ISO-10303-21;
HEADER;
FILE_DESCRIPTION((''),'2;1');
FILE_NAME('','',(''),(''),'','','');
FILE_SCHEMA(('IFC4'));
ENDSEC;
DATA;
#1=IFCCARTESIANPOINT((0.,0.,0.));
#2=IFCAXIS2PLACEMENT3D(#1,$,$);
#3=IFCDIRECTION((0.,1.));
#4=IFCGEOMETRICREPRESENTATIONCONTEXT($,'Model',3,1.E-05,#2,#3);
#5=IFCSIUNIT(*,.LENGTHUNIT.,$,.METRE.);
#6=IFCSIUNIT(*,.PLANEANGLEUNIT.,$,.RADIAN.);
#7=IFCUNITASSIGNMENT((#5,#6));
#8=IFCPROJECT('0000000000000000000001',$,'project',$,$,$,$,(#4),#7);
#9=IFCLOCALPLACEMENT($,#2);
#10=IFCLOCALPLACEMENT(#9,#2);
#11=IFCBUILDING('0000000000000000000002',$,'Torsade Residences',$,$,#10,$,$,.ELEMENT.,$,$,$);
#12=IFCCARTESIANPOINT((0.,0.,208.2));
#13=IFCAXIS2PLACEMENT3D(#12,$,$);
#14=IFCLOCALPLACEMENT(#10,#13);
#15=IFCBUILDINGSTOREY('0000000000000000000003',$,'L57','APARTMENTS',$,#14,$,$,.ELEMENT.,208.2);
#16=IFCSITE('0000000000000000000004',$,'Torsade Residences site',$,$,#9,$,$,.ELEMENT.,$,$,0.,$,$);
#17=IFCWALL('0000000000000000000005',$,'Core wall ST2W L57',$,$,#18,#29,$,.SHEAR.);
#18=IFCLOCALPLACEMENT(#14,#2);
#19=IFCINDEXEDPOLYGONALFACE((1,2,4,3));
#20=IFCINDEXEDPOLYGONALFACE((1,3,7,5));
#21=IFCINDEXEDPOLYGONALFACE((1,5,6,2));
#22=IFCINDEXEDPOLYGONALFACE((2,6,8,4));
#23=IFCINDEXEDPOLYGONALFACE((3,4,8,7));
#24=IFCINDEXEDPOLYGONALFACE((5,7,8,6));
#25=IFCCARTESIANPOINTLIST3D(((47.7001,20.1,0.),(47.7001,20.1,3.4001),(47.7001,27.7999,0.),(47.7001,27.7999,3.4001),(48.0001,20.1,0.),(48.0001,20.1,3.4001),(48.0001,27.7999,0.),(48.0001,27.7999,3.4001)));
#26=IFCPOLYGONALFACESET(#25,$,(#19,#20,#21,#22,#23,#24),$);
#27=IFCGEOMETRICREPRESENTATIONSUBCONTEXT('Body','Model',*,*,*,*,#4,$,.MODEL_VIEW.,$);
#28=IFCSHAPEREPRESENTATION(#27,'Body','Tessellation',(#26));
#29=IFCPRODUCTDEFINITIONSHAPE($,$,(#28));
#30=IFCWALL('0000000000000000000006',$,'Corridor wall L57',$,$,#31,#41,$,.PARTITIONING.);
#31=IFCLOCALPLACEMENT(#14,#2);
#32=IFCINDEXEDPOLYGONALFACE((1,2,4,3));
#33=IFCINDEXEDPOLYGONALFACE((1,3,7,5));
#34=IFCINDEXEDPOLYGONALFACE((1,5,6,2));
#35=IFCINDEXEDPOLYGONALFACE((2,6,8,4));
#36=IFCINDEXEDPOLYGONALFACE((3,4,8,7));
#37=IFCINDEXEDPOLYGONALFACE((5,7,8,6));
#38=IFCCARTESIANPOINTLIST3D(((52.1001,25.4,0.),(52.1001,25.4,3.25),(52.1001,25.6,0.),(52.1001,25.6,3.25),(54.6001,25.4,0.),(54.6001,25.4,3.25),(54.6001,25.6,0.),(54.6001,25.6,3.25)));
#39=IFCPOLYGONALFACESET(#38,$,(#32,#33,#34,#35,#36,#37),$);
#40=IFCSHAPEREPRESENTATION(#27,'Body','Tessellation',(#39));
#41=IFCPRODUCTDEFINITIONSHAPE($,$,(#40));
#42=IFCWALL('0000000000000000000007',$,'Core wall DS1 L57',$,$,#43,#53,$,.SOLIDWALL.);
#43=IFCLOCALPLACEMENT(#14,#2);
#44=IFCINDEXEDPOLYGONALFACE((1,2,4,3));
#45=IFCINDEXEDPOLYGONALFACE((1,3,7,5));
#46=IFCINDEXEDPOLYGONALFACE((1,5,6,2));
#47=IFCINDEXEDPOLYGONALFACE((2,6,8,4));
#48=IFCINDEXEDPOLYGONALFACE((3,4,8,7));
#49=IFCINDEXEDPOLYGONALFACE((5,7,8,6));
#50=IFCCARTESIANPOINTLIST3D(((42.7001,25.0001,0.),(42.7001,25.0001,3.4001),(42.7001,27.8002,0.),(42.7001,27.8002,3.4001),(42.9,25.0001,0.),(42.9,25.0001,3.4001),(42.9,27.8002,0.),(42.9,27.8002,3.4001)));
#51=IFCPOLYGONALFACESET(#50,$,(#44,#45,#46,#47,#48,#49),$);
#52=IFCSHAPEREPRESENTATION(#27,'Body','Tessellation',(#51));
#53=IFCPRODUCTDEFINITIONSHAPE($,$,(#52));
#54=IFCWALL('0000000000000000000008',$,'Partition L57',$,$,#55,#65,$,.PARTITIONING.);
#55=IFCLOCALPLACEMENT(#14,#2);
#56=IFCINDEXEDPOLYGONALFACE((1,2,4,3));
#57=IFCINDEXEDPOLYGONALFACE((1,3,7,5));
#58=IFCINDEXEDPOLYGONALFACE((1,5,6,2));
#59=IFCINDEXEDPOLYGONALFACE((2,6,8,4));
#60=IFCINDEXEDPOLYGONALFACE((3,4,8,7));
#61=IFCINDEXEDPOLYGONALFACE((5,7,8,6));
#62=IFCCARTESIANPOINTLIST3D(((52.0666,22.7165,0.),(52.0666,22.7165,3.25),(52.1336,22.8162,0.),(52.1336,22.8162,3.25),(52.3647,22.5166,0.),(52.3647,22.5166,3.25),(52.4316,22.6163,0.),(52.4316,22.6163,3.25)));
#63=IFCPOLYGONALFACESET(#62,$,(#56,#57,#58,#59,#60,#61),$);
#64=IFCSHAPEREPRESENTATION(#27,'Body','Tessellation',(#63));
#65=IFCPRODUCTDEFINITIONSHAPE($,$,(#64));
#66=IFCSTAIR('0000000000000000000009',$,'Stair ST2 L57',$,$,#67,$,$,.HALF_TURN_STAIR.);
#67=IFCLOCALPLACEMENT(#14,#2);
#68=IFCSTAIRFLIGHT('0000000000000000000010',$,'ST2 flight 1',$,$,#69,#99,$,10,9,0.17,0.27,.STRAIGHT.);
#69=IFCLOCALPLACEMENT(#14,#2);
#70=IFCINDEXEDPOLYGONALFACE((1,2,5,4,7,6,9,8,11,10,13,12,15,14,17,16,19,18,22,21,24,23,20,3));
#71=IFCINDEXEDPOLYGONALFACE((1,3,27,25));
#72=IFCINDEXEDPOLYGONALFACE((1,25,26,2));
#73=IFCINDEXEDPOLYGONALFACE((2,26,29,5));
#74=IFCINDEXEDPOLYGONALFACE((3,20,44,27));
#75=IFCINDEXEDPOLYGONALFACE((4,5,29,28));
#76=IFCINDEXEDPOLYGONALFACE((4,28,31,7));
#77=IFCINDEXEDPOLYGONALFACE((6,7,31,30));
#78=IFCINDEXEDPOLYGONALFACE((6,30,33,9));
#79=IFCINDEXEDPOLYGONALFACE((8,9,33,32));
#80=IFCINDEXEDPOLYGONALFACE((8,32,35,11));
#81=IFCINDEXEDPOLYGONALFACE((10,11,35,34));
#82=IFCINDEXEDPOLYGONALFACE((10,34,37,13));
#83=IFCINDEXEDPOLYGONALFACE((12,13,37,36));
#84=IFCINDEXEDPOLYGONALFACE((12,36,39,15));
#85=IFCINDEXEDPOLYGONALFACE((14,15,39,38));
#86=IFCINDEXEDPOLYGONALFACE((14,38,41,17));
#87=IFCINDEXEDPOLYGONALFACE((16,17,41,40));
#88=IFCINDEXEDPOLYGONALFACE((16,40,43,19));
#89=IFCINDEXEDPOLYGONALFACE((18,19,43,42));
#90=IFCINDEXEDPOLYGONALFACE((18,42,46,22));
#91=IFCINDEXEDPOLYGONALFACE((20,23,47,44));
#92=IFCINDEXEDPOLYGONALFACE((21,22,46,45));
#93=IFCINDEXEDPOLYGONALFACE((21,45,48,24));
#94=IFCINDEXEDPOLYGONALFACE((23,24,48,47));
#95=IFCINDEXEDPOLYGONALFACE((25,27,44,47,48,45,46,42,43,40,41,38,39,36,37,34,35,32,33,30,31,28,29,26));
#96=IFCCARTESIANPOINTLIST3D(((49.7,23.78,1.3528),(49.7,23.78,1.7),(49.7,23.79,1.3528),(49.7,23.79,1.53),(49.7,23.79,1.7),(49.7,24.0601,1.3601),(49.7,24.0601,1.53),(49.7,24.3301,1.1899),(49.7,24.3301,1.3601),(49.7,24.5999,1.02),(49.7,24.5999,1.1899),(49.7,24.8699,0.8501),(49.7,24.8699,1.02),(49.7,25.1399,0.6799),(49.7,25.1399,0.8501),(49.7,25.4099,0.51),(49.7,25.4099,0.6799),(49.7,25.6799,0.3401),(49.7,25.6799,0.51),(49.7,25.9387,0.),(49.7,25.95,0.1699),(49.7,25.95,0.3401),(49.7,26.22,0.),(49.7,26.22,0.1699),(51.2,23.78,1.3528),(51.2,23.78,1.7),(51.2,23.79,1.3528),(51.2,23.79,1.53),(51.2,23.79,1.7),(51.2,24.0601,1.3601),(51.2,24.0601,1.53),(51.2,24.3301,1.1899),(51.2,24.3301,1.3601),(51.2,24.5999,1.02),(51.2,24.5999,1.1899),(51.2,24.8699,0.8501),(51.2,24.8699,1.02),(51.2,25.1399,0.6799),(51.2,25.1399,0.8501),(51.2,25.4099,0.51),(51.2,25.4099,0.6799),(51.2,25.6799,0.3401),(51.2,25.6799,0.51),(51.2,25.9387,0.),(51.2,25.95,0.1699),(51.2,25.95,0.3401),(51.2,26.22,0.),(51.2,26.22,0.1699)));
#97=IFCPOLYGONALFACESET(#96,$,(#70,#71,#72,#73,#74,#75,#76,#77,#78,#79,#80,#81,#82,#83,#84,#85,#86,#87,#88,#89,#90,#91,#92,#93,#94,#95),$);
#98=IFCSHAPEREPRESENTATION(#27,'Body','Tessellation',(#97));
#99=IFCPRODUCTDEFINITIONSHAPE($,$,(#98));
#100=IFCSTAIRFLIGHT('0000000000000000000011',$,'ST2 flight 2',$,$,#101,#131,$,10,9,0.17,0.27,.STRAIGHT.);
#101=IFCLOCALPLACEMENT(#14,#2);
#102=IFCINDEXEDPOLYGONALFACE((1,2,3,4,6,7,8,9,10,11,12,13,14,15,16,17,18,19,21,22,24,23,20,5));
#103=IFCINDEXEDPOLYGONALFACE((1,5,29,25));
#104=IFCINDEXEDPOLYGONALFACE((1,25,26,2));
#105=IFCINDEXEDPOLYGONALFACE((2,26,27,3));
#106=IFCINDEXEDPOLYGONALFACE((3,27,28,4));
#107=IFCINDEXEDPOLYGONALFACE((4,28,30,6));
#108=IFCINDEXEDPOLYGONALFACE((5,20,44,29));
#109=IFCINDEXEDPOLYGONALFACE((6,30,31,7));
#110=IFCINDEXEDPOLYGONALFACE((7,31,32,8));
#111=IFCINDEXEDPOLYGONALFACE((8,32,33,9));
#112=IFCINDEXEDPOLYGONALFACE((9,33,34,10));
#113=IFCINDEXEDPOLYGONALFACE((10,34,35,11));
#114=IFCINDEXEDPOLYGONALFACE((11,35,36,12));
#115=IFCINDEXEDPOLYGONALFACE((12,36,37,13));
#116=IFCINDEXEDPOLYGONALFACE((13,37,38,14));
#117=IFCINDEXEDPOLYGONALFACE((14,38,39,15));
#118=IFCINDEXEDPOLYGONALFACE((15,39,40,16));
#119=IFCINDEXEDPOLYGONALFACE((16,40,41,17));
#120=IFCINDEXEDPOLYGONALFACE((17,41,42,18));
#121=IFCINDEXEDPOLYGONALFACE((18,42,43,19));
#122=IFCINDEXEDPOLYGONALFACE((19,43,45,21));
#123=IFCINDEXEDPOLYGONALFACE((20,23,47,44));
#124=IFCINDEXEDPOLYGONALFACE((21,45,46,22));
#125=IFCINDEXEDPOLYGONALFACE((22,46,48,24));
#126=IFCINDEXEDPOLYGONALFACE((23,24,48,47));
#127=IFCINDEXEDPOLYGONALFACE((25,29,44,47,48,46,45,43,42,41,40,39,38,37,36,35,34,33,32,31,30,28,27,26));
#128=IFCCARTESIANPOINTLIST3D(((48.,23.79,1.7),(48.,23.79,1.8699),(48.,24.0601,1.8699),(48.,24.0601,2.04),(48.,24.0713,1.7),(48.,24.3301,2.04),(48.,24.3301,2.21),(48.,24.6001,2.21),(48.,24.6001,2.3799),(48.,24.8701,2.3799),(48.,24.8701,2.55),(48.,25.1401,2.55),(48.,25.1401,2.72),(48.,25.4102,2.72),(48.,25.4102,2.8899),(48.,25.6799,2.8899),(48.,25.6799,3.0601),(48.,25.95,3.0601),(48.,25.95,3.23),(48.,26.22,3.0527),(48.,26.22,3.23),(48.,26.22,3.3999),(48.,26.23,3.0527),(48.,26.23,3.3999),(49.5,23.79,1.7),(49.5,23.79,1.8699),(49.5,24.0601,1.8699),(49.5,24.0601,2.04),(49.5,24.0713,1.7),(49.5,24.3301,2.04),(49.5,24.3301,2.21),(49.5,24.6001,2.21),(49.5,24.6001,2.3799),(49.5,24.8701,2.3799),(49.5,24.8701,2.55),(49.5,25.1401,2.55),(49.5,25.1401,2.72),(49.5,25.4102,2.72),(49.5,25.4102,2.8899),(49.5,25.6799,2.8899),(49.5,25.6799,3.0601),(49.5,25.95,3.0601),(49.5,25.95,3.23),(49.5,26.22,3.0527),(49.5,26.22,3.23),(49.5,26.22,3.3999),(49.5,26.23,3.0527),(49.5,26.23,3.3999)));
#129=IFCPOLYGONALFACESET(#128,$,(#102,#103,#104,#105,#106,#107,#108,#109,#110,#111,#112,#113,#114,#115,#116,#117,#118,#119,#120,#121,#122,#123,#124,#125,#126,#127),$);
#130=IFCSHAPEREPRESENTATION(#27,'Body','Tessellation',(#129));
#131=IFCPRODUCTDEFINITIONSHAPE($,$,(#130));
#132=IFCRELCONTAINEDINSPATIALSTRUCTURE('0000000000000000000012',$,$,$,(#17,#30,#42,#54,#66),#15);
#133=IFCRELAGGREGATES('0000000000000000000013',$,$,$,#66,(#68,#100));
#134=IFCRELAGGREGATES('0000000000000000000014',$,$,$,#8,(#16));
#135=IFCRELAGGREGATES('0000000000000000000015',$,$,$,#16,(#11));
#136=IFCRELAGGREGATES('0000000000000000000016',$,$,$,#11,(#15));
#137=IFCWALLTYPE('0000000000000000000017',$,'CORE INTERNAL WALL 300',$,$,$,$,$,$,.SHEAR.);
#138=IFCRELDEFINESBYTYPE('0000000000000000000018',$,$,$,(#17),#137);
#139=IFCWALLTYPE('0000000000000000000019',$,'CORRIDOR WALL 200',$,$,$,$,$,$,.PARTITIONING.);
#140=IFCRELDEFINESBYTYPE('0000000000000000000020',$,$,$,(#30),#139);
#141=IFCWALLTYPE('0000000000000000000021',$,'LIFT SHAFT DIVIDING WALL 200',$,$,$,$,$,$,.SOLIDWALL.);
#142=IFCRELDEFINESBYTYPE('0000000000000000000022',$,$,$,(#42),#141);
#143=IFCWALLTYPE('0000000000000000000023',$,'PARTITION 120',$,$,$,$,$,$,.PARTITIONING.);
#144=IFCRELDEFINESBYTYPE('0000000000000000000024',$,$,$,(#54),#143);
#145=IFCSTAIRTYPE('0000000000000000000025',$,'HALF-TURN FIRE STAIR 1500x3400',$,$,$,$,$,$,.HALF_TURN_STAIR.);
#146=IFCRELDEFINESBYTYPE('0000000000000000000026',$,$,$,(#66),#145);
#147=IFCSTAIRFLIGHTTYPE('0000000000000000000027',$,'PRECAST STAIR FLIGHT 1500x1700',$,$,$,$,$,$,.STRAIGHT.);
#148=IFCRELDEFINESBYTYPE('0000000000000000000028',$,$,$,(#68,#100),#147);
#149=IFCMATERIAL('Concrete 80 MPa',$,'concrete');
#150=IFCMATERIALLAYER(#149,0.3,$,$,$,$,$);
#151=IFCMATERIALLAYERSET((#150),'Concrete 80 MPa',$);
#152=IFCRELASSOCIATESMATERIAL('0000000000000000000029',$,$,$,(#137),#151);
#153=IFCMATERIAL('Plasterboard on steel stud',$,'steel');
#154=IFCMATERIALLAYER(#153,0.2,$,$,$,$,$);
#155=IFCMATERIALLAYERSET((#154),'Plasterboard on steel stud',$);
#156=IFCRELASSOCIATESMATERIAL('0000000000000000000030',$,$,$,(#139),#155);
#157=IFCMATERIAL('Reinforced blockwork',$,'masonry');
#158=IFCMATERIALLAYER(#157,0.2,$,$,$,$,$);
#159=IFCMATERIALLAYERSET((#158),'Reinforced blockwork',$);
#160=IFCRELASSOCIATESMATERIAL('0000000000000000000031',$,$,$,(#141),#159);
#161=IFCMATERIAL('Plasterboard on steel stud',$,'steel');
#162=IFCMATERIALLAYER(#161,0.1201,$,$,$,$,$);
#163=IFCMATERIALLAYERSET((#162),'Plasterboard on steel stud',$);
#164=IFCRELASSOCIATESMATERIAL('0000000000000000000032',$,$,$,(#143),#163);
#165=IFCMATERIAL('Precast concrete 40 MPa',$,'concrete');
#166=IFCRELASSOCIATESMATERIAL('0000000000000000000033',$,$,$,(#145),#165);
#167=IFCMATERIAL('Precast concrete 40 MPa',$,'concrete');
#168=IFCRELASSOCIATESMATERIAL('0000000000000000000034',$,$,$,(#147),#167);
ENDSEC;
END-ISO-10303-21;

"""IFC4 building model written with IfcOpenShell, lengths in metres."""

from ifc_helpers import new_model, si_unit, direction, frame, frame_2d, origin, place, context, subcontext, project, spatial, polyline, rectangle, outline, extrude, material, layer, layer_set, type_object, element, aggregate, save


model = new_model("IFC4")

# Units and contexts
model_context = context("Model", 3, precision=1e-05, world=origin(), true_north=direction((0.0, 1.0)))
body_context = subcontext(model_context, "Body", "Model", "MODEL_VIEW")
ifc_project = project(units=[si_unit("LENGTHUNIT", "METRE"), si_unit("PLANEANGLEUNIT", "RADIAN")], contexts=[model_context])

# Site, building, storey
site_placement = place(None, origin())
site = spatial("IfcSite", under=ifc_project, at=site_placement, Name="Torsade Residences site", CompositionType="ELEMENT", RefElevation=0.0)
building_placement = place(site_placement, origin())
building = spatial("IfcBuilding", under=site, at=building_placement, Name="Torsade Residences", CompositionType="ELEMENT")
storey_placement = place(building_placement, frame((0.0, 0.0, 208.2)))
storey = spatial("IfcBuildingStorey", under=building, at=storey_placement, Name="L57", Description="APARTMENTS", CompositionType="ELEMENT", Elevation=208.2)

# Shared definitions
ifc_material_1 = material(Name="Concrete 80 MPa", Category="concrete")
ifc_layer_1 = layer(ifc_material_1, 0.3)
ifc_layer_set_1 = layer_set([ifc_layer_1], Name="Concrete 80 MPa")
wall_type_1 = type_object("IfcWallType", Name="CORE INTERNAL WALL 300", PredefinedType="SHEAR", material=ifc_layer_set_1)

# Walls
wall_1_placement = place(storey_placement, frame((47.8501, 27.8, 0.0), z_axis=(0.0, 0.0, 1.0), x_axis=(0.0, -1.0, 0.0)))
element("IfcWall", 1, at=wall_1_placement, inside=storey, type_object=wall_type_1, Name="Core wall ST2W L57", PredefinedType="SHEAR", context=body_context, shape_type="SweptSolid", body=[
    extrude(rectangle(XDim=7.7, YDim=0.3, at=frame_2d((3.8501, 0.0))), origin(), (0.0, 0.0, 1.0), 3.4001),
])
ifc_material_2 = material(Name="Plasterboard on steel stud", Category="steel")
ifc_layer_2 = layer(ifc_material_2, 0.2)
ifc_layer_set_2 = layer_set([ifc_layer_2], Name="Plasterboard on steel stud")
wall_type_2 = type_object("IfcWallType", Name="CORRIDOR WALL 200", PredefinedType="PARTITIONING", material=ifc_layer_set_2)
wall_2_placement = place(storey_placement, frame((52.1001, 25.5, 0.0), z_axis=(0.0, 0.0, 1.0), x_axis=(1.0, 0.0, 0.0)))
element("IfcWall", 2, at=wall_2_placement, inside=storey, type_object=wall_type_2, Name="Corridor wall L57", PredefinedType="PARTITIONING", context=body_context, shape_type="SweptSolid", body=[
    extrude(rectangle(XDim=2.5, YDim=0.2, at=frame_2d((1.25, 0.0))), origin(), (0.0, 0.0, 1.0), 3.25),
])
ifc_material_3 = material(Name="Reinforced blockwork", Category="masonry")
ifc_layer_3 = layer(ifc_material_3, 0.2)
ifc_layer_set_3 = layer_set([ifc_layer_3], Name="Reinforced blockwork")
wall_type_3 = type_object("IfcWallType", Name="LIFT SHAFT DIVIDING WALL 200", PredefinedType="SOLIDWALL", material=ifc_layer_set_3)
wall_3_placement = place(storey_placement, frame((42.8, 27.8, 0.0), z_axis=(0.0, 0.0, 1.0), x_axis=(0.0, -1.0, 0.0)))
element("IfcWall", 3, at=wall_3_placement, inside=storey, type_object=wall_type_3, Name="Core wall DS1 L57", PredefinedType="SOLIDWALL", context=body_context, shape_type="SweptSolid", body=[
    extrude(rectangle(XDim=2.8, YDim=0.2, at=frame_2d((1.3999, 0.0))), origin(), (0.0, 0.0, 1.0), 3.4001),
])
ifc_material_4 = material(Name="Plasterboard on steel stud", Category="steel")
ifc_layer_4 = layer(ifc_material_4, 0.1201)
ifc_layer_set_4 = layer_set([ifc_layer_4], Name="Plasterboard on steel stud")
wall_type_4 = type_object("IfcWallType", Name="PARTITION 120", PredefinedType="PARTITIONING", material=ifc_layer_set_4)
wall_4_placement = place(storey_placement, frame((52.1001, 22.7664, 0.0), z_axis=(0.0, 0.0, 1.0), x_axis=(0.830477, -0.557052, 0.0)))
element("IfcWall", 4, at=wall_4_placement, inside=storey, type_object=wall_type_4, Name="Partition L57", PredefinedType="PARTITIONING", context=body_context, shape_type="SweptSolid", body=[
    extrude(rectangle(XDim=0.3589, YDim=0.1201, at=frame_2d((0.1794, 0.0))), origin(), (0.0, 0.0, 1.0), 3.25),
])

# Stair, stair flights
ifc_material_5 = material(Name="Precast concrete 40 MPa", Category="concrete")
stair_type = type_object("IfcStairType", Name="HALF-TURN FIRE STAIR 1500x3400", PredefinedType="HALF_TURN_STAIR", material=ifc_material_5)
stair_placement = place(storey_placement, origin())
stair = element("IfcStair", 5, at=stair_placement, inside=storey, type_object=stair_type, Name="Stair ST2 L57", PredefinedType="HALF_TURN_STAIR")
ifc_material_6 = material(Name="Precast concrete 40 MPa", Category="concrete")
stair_flight_type = type_object("IfcStairFlightType", Name="PRECAST STAIR FLIGHT 1500x1700", PredefinedType="STRAIGHT", material=ifc_material_6)
stair_flight_1_placement = place(storey_placement, frame((50.45, 26.22, 0.0), z_axis=(0.0, 0.0, 1.0), x_axis=(0.0, -1.0, 0.0)))
stair_flight_1 = element("IfcStairFlight", 6, at=stair_flight_1_placement, type_object=stair_flight_type, Name="ST2 flight 1", NumberOfRisers=10, NumberOfTreads=9, PredefinedType="STRAIGHT", RiserHeight=0.17, TreadLength=0.27, context=body_context, shape_type="SweptSolid", body=[
    extrude(outline(polyline([(0.0, 0.0), (0.0, 0.1699), (0.27, 0.1699), (0.27, 0.3401), (0.54, 0.3401), (0.54, 0.51), (0.8101, 0.51), (0.8101, 0.6799), (1.0801, 0.6799), (1.0801, 0.8501), (1.3501, 0.8501), (1.3501, 1.02), (1.6201, 1.02), (1.6201, 1.1899), (1.8899, 1.1899), (1.8899, 1.3601), (2.1599, 1.3601), (2.1599, 1.53), (2.4299, 1.53), (2.4299, 1.7), (2.4399, 1.7), (2.4399, 1.3528), (2.4299, 1.3528), (0.2812, 0.0), (0.0, 0.0)])), frame((0.0, 0.75, 0.0), z_axis=(0.0, -1.0, 0.0), x_axis=(1.0, 0.0, 0.0)), (0.0, 0.0, 1.0), 1.5),
])
stair_flight_2_placement = place(storey_placement, frame((48.75, 23.79, 1.7), z_axis=(0.0, 0.0, 1.0), x_axis=(0.0, 1.0, 0.0)))
stair_flight_2 = element("IfcStairFlight", 7, at=stair_flight_2_placement, type_object=stair_flight_type, Name="ST2 flight 2", NumberOfRisers=10, NumberOfTreads=9, PredefinedType="STRAIGHT", RiserHeight=0.17, TreadLength=0.27, context=body_context, shape_type="SweptSolid", body=[
    extrude(outline(polyline([(0.0, 0.0), (0.0, 0.1699), (0.27, 0.1699), (0.27, 0.3401), (0.54, 0.3401), (0.54, 0.51), (0.8101, 0.51), (0.8101, 0.6799), (1.0801, 0.6799), (1.0801, 0.8501), (1.3501, 0.8501), (1.3501, 1.02), (1.6201, 1.02), (1.6201, 1.1899), (1.8899, 1.1899), (1.8899, 1.3601), (2.1599, 1.3601), (2.1599, 1.53), (2.4299, 1.53), (2.4299, 1.7), (2.4399, 1.7), (2.4399, 1.3528), (2.4299, 1.3528), (0.2812, 0.0), (0.0, 0.0)])), frame((0.0, 0.75, 0.0), z_axis=(0.0, -1.0, 0.0), x_axis=(1.0, 0.0, 0.0)), (0.0, 0.0, 1.0), 1.5),
])
aggregate(stair, [stair_flight_1, stair_flight_2])

save(model, "model.ifc")
